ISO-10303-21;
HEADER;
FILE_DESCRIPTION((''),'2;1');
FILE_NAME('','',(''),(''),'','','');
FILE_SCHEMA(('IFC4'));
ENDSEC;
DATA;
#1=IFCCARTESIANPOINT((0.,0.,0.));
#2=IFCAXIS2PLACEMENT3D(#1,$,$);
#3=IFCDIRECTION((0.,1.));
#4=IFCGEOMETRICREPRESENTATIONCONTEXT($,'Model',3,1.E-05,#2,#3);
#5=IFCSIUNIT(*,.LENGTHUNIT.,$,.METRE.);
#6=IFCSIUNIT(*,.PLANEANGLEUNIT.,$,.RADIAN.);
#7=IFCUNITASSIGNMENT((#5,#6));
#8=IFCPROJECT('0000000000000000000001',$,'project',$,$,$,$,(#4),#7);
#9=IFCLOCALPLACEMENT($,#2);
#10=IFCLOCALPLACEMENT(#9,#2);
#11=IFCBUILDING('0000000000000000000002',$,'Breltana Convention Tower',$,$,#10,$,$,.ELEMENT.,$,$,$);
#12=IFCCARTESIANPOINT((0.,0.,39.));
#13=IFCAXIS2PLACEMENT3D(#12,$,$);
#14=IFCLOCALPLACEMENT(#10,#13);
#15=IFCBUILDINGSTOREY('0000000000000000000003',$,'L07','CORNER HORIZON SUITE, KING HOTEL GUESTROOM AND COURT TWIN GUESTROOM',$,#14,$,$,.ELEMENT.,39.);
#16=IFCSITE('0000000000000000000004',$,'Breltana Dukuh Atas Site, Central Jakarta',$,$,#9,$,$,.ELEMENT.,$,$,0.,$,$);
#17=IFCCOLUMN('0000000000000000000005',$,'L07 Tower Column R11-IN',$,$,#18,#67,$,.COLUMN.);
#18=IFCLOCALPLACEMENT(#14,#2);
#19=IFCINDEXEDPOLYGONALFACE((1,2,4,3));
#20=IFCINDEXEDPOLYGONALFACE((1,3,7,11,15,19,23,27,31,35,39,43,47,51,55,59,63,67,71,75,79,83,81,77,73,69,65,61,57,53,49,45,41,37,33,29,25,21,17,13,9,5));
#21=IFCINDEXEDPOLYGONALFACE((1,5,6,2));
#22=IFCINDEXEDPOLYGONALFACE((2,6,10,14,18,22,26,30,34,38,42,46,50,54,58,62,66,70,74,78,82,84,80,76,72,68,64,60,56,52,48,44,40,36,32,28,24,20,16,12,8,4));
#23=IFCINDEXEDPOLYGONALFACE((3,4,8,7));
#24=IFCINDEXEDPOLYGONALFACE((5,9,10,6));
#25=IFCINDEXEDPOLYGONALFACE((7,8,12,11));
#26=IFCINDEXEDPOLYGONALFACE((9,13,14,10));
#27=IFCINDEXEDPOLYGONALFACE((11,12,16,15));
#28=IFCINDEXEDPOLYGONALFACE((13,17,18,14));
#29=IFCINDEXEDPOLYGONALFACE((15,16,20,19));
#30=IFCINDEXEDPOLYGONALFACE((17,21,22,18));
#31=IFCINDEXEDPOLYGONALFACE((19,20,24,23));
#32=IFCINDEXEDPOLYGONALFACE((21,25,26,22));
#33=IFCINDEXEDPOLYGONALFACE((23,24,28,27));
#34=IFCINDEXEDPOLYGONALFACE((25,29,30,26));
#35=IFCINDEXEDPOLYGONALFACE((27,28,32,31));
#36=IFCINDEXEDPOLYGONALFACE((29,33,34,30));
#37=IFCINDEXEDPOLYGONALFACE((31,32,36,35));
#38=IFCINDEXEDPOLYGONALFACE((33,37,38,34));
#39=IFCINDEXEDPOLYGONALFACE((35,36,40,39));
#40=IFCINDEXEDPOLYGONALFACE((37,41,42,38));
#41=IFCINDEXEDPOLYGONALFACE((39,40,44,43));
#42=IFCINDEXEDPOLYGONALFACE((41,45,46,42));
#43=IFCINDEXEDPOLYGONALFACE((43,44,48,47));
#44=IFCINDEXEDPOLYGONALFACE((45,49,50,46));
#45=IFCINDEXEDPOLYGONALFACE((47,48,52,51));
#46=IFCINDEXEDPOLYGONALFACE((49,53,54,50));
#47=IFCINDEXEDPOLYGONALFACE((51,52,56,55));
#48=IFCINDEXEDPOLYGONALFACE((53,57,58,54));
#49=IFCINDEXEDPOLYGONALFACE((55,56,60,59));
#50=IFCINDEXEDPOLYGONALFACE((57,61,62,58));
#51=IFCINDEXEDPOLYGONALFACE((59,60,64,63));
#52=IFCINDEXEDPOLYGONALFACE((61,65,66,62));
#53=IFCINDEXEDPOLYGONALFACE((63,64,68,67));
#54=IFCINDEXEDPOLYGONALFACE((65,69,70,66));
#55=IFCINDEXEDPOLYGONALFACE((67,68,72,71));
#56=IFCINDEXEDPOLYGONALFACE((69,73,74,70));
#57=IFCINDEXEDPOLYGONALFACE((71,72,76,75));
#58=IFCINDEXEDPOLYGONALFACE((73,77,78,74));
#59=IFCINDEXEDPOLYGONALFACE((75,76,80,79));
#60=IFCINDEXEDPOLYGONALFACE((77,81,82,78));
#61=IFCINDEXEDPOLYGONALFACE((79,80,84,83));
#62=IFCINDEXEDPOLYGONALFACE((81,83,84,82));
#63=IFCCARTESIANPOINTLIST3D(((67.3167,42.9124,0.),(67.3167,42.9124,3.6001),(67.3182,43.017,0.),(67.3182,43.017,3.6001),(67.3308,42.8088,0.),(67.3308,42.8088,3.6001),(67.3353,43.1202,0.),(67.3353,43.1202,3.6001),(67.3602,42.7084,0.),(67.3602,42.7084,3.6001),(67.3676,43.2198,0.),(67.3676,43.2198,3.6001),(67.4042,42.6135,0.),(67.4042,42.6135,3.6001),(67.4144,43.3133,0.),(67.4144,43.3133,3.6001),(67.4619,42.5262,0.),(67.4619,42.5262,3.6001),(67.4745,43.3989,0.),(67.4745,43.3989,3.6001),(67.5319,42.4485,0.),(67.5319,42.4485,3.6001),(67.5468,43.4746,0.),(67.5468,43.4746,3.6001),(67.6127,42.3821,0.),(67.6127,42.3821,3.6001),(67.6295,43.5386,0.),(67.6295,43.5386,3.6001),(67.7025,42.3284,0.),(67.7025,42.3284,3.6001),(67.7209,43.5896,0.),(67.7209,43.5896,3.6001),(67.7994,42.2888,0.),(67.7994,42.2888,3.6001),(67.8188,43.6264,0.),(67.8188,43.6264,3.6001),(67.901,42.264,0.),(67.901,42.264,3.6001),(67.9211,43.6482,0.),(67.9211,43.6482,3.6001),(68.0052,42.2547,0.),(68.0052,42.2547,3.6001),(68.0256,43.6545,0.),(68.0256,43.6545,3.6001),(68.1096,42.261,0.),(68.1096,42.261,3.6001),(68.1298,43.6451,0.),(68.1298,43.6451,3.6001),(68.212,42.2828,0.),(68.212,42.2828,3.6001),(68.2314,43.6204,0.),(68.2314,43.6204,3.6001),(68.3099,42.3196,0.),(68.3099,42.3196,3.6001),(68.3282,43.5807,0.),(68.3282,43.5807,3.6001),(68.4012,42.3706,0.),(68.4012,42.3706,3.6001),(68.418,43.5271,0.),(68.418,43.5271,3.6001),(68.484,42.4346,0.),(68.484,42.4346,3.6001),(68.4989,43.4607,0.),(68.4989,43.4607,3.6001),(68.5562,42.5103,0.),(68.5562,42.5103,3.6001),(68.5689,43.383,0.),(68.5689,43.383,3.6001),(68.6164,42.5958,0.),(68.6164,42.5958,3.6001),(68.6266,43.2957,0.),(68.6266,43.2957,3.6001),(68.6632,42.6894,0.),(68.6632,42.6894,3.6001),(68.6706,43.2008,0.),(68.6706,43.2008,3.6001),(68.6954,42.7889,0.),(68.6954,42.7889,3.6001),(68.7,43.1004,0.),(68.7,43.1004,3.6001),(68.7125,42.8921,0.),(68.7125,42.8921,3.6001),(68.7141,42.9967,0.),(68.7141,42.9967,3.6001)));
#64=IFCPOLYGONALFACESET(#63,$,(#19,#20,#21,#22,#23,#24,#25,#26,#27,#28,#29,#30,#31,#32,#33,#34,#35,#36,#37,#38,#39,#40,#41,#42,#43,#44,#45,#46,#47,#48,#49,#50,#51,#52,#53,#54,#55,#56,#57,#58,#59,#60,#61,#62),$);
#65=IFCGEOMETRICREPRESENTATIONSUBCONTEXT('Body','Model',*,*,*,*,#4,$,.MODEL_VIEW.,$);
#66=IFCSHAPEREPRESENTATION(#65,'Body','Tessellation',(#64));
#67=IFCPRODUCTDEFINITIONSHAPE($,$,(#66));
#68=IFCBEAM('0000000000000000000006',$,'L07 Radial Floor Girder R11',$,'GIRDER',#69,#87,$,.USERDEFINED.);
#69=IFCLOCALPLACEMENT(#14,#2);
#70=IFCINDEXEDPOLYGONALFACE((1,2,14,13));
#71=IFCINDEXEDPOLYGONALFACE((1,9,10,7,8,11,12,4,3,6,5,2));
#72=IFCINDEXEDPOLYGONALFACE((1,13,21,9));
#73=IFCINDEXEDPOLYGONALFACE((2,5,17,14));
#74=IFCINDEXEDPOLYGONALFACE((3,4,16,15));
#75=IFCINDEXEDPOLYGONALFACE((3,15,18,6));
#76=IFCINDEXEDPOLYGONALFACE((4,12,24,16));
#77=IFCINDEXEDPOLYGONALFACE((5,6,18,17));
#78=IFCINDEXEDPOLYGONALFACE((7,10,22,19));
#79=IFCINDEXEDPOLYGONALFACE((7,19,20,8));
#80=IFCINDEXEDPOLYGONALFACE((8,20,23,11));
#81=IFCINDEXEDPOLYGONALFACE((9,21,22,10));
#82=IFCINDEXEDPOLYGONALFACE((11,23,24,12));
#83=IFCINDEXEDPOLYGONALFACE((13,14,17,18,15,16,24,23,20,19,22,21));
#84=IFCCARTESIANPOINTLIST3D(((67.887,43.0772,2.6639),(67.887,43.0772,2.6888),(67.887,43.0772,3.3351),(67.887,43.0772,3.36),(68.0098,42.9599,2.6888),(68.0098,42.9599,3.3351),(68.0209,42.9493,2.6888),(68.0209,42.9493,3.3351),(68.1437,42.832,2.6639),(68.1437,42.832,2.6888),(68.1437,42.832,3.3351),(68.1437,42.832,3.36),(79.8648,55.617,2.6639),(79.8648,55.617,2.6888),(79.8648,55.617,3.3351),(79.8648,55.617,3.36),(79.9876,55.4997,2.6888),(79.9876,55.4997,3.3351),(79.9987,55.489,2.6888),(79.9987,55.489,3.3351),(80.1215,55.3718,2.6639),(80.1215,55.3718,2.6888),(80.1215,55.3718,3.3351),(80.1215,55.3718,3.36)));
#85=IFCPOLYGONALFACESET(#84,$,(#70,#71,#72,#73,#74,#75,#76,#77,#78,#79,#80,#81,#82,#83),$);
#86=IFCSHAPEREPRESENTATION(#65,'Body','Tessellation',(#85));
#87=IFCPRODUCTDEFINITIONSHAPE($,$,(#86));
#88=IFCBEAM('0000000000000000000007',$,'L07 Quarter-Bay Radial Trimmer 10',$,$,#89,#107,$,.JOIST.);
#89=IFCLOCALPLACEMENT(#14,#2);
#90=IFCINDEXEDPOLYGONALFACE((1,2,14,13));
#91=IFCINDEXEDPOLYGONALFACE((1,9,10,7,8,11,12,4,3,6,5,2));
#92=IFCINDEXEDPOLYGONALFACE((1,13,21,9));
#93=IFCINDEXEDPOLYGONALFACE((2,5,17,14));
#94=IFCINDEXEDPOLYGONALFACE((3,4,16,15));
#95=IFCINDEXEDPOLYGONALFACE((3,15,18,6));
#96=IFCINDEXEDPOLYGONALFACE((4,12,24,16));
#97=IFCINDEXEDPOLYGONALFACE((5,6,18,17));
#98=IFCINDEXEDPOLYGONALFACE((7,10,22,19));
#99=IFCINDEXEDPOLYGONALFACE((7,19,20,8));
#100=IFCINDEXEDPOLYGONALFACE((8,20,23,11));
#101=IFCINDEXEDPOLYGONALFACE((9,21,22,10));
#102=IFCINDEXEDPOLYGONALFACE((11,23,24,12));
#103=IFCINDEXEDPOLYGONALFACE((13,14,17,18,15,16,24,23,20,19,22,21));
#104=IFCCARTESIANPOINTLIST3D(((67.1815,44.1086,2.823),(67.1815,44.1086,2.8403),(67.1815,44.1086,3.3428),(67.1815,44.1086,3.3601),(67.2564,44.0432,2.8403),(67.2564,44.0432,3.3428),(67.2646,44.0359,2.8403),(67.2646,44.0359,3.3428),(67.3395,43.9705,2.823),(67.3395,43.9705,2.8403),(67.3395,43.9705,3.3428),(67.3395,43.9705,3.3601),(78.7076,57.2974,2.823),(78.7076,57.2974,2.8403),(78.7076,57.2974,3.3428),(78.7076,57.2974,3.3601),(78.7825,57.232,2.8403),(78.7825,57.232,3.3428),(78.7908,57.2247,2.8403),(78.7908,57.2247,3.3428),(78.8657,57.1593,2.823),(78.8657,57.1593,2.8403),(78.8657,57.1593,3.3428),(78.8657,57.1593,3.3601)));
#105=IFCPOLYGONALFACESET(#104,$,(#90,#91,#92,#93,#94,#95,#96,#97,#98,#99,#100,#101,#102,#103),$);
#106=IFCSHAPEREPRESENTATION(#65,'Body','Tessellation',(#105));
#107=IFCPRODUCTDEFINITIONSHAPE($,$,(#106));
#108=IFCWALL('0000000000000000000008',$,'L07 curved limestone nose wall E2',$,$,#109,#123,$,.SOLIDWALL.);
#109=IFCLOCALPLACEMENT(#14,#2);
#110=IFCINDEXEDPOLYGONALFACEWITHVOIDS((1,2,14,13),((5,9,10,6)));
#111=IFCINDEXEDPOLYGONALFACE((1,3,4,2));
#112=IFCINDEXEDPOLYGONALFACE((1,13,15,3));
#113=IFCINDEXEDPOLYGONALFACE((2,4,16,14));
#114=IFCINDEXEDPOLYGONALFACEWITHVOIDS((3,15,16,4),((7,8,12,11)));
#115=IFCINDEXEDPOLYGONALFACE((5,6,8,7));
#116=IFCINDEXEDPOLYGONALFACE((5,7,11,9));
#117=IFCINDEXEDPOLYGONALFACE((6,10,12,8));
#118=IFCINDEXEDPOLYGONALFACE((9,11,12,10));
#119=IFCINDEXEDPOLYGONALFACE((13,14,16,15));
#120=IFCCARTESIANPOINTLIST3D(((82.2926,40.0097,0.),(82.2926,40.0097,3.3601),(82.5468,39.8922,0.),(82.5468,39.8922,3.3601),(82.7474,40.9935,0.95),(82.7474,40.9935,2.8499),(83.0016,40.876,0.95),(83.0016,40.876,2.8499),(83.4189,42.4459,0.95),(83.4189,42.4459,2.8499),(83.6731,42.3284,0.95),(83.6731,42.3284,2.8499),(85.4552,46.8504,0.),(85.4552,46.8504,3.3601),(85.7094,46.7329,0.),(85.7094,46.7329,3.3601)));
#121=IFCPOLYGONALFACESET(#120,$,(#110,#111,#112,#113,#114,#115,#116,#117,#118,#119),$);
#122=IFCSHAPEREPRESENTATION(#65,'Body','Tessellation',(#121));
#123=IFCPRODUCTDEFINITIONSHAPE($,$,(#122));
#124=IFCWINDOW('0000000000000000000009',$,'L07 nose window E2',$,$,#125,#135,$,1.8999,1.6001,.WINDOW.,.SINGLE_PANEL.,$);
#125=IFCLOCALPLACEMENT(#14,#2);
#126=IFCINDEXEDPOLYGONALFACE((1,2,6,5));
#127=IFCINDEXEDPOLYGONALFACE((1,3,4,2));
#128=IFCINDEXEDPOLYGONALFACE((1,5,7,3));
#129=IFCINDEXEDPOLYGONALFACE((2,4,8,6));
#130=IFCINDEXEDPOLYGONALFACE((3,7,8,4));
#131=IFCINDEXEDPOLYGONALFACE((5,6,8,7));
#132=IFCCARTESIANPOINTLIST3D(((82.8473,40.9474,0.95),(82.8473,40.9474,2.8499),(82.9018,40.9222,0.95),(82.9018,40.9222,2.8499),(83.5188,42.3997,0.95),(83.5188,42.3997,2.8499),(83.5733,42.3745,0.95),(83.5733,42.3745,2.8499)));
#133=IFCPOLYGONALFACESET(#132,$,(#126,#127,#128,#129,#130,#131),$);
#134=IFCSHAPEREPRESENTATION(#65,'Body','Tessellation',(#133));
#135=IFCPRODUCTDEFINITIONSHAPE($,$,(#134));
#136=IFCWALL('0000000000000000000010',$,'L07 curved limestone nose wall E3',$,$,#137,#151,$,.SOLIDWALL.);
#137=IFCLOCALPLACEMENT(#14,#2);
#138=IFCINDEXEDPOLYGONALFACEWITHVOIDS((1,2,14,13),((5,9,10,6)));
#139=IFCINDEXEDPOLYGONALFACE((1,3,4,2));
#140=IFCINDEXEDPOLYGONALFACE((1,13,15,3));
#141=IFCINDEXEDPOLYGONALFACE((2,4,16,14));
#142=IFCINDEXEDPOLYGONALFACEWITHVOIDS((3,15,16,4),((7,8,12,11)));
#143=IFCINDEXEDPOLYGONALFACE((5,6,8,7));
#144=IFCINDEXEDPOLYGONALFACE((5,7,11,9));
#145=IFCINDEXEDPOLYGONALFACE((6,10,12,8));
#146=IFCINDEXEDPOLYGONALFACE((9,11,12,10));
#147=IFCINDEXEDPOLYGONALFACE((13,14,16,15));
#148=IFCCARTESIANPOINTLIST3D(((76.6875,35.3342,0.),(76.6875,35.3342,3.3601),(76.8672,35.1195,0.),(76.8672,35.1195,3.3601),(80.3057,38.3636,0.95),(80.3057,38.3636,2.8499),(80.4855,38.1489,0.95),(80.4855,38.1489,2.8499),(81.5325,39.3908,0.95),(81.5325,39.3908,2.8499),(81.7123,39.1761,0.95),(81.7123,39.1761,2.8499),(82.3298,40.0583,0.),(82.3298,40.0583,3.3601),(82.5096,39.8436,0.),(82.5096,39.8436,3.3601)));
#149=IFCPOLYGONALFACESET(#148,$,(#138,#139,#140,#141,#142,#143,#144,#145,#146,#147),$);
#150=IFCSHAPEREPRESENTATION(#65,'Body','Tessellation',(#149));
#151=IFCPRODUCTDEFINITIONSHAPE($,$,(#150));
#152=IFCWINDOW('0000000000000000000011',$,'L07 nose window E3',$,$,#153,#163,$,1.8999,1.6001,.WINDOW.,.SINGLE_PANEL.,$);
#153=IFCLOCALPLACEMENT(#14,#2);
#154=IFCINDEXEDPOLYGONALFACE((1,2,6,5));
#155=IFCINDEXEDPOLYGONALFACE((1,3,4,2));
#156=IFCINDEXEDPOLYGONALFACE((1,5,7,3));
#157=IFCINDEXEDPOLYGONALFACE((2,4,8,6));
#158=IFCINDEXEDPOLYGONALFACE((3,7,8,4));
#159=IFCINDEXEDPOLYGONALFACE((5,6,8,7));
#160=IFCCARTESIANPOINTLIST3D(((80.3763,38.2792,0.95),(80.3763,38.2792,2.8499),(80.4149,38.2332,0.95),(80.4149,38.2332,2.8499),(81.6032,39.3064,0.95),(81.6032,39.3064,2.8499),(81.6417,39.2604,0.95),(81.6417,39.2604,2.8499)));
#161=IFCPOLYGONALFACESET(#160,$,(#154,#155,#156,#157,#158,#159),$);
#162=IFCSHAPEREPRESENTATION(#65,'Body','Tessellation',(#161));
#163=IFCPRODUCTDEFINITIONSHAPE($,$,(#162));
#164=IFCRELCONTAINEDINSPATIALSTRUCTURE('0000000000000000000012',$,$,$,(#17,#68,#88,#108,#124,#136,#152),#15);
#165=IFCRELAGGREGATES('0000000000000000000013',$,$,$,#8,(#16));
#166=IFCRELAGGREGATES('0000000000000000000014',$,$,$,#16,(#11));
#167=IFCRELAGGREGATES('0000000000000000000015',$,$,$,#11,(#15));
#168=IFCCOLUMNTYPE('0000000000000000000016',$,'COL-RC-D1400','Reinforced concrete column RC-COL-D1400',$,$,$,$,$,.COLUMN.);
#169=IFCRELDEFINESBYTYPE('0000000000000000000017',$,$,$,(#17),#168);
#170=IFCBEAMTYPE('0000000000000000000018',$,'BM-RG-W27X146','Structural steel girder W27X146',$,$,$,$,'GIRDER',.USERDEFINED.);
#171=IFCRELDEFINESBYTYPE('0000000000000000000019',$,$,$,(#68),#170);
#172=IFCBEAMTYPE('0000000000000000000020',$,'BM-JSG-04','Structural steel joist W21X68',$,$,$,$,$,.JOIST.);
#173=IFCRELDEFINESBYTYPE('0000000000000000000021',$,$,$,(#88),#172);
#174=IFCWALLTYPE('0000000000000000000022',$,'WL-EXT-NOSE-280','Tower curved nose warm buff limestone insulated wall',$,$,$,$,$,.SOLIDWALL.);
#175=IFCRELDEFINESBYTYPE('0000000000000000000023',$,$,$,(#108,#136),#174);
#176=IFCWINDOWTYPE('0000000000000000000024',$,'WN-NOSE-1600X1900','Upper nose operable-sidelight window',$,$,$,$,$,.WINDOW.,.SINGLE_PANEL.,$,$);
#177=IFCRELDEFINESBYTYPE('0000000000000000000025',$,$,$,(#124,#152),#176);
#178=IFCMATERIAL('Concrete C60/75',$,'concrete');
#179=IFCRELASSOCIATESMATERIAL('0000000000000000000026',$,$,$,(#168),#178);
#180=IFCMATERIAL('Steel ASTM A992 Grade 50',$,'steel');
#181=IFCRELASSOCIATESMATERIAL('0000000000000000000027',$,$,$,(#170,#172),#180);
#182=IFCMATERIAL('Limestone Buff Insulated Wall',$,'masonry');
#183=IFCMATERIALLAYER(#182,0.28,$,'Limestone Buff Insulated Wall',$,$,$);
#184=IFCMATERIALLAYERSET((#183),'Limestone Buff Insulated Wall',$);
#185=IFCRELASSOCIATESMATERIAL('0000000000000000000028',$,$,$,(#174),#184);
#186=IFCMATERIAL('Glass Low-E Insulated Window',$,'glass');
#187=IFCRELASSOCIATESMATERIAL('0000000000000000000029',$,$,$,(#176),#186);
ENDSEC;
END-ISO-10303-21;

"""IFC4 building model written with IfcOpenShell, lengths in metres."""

from ifc_helpers import new_model, si_unit, direction, frame, frame_2d, origin, origin_2d, place, context, subcontext, project, spatial, rectangle, circle, i_section, extrude, source, transform, mapped, material, layer, layer_set, material_profile, profile_set, type_object, type_shapes, element, fill, save


model = new_model("IFC4")

# Units and contexts
model_context = context("Model", 3, precision=1e-05, world=origin(), true_north=direction((0.0, 1.0)))
body_context = subcontext(model_context, "Body", "Model", "MODEL_VIEW")
ifc_project = project(units=[si_unit("LENGTHUNIT", "METRE"), si_unit("PLANEANGLEUNIT", "RADIAN")], contexts=[model_context])

# Site, building, storey
site_placement = place(None, origin())
site = spatial("IfcSite", under=ifc_project, at=site_placement, Name="Breltana Dukuh Atas Site, Central Jakarta", CompositionType="ELEMENT", RefElevation=0.0)
building_placement = place(site_placement, origin())
building = spatial("IfcBuilding", under=site, at=building_placement, Name="Breltana Convention Tower", CompositionType="ELEMENT")
storey_placement = place(building_placement, frame((0.0, 0.0, 39.0)))
storey = spatial("IfcBuildingStorey", under=building, at=storey_placement, Name="L07", Description="CORNER HORIZON SUITE, KING HOTEL GUESTROOM AND COURT TWIN GUESTROOM", CompositionType="ELEMENT", Elevation=39.0)

# Column
ifc_material_1 = material(Name="Concrete C60/75", Category="concrete")
ifc_material_profile_1 = material_profile(ifc_material_1, circle(Radius=0.7, at=origin_2d()), Name="RC-COL-D1400")
ifc_profile_set_1 = profile_set([ifc_material_profile_1], Name="Concrete C60/75")
column_type = type_object("IfcColumnType", Name="COL-RC-D1400", Description="Reinforced concrete column RC-COL-D1400", PredefinedType="COLUMN", material=ifc_profile_set_1)
shared_shape_1 = source(origin(), body_context, "Body", "SweptSolid", [
    extrude(circle(Radius=0.7, at=origin_2d()), origin(), (0.0, 0.0, 1.0), 3.6001),
])
column_placement = place(storey_placement, frame((68.0154, 42.9546, 0.0), z_axis=(0.0, 0.0, 1.0), x_axis=(0.690756, 0.723088, 0.0)))
element("IfcColumn", 1, at=column_placement, inside=storey, type_object=column_type, Name="L07 Tower Column R11-IN", PredefinedType="COLUMN", context=body_context, shape_type="MappedRepresentation", body=[
    mapped(shared_shape_1, transform((0.0, 0.0, 0.0), scale=1.0)),
])

# Beams
ifc_material_2 = material(Name="Steel ASTM A992 Grade 50", Category="steel")
ifc_material_profile_2 = material_profile(ifc_material_2, i_section(OverallWidth=0.355, OverallDepth=0.696, WebThickness=0.0154, FlangeThickness=0.0249, at=origin_2d()), Name="W27X146")
ifc_profile_set_2 = profile_set([ifc_material_profile_2], Name="Steel ASTM A992 Grade 50")
beam_type_1 = type_object("IfcBeamType", Name="BM-RG-W27X146", Description="Structural steel girder W27X146", ElementType="GIRDER", PredefinedType="USERDEFINED", material=ifc_profile_set_2)
shared_shape_2 = source(origin(), body_context, "Body", "SweptSolid", [
    extrude(i_section(OverallWidth=0.355, OverallDepth=0.696, WebThickness=0.0154, FlangeThickness=0.0249, at=origin_2d()), origin(), (0.0, 0.0, 1.0), 17.3411),
])
type_shapes(beam_type_1, [shared_shape_2])
beam_1_placement = place(storey_placement, frame((68.0154, 42.9546, 3.012), z_axis=(0.690716, 0.723126, 0.0), x_axis=(-0.723126, 0.690716, 0.0)))
element("IfcBeam", 2, at=beam_1_placement, inside=storey, type_object=beam_type_1, Name="L07 Radial Floor Girder R11", ObjectType="GIRDER", PredefinedType="USERDEFINED", context=body_context, shape_type="MappedRepresentation", body=[
    mapped(shared_shape_2, transform((0.0, 0.0, 0.0), scale=1.0)),
])
ifc_material_profile_3 = material_profile(ifc_material_2, i_section(OverallWidth=0.21, OverallDepth=0.5371, WebThickness=0.011, FlangeThickness=0.0173, at=origin_2d()), Name="W21X68")
ifc_profile_set_3 = profile_set([ifc_material_profile_3], Name="Steel ASTM A992 Grade 50")
beam_type_2 = type_object("IfcBeamType", Name="BM-JSG-04", Description="Structural steel joist W21X68", PredefinedType="JOIST", material=ifc_profile_set_3)
shared_shape_3 = source(origin(), body_context, "Body", "SweptSolid", [
    extrude(i_section(OverallWidth=0.21, OverallDepth=0.5371, WebThickness=0.011, FlangeThickness=0.0173, at=origin_2d()), origin(), (0.0, 0.0, 1.0), 17.5156),
])
beam_2_placement = place(storey_placement, frame((67.2605, 44.0396, 3.0916), z_axis=(0.658052, 0.752973, 0.0), x_axis=(-0.752973, 0.658052, 0.0)))
element("IfcBeam", 3, at=beam_2_placement, inside=storey, type_object=beam_type_2, Name="L07 Quarter-Bay Radial Trimmer 10", PredefinedType="JOIST", context=body_context, shape_type="MappedRepresentation", body=[
    mapped(shared_shape_3, transform((0.0, 0.0, 0.0), scale=1.0)),
])

# Walls, openings, windows
ifc_material_3 = material(Name="Limestone Buff Insulated Wall", Category="masonry")
ifc_layer_1 = layer(ifc_material_3, 0.28, Name="Limestone Buff Insulated Wall")
ifc_layer_set_1 = layer_set([ifc_layer_1], Name="Limestone Buff Insulated Wall")
wall_type_1 = type_object("IfcWallType", Name="WL-EXT-NOSE-280", Description="Tower curved nose warm buff limestone insulated wall", PredefinedType="SOLIDWALL", material=ifc_layer_set_1)
shared_shape_4 = source(origin(), body_context, "Body", "SweptSolid", [
    extrude(rectangle(XDim=7.5364, YDim=0.28, at=frame_2d((3.7681, 0.0))), origin(), (0.0, 0.0, 1.0), 3.3601),
])
wall_1_placement = place(storey_placement, frame((85.5823, 46.7915, 0.0), z_axis=(0.0, 0.0, 1.0), x_axis=(-0.41965, -0.907686, 0.0)))
wall_1 = element("IfcWall", 4, at=wall_1_placement, inside=storey, type_object=wall_type_1, Name="L07 curved limestone nose wall E2", PredefinedType="SOLIDWALL", context=body_context, shape_type="MappedRepresentation", body=[
    mapped(shared_shape_4, transform((0.0, 0.0, 0.0), scale=1.0)),
])
opening_1_placement = place(wall_1_placement, frame((4.8523, 0.0, 0.95)))
opening_1 = element("IfcOpeningElement", 5, at=opening_1_placement, cuts=wall_1, PredefinedType="OPENING", context=body_context, shape_type="SweptSolid", body=[
    extrude(rectangle(XDim=1.6001, YDim=1.8999, at=frame_2d((0.8, 0.95))), frame((0.0, 0.1499, 0.0), z_axis=(0.0, -1.0, 0.0), x_axis=(1.0, 0.0, 0.0)), (0.0, 0.0, 1.0), 0.3),
])
ifc_material_4 = material(Name="Glass Low-E Insulated Window", Category="glass")
window_type = type_object("IfcWindowType", Name="WN-NOSE-1600X1900", Description="Upper nose operable-sidelight window", PartitioningType="SINGLE_PANEL", PredefinedType="WINDOW", material=ifc_material_4)
shared_shape_5 = source(origin(), body_context, "Body", "SweptSolid", [
    extrude(rectangle(XDim=1.6001, YDim=1.8999, at=frame_2d((0.8, 0.95))), frame((0.0, 0.03, 0.0), z_axis=(0.0, -1.0, 0.0), x_axis=(1.0, 0.0, 0.0)), (0.0, 0.0, 1.0), 0.0601),
])
type_shapes(window_type, [shared_shape_5])
window_1_placement = place(opening_1_placement, origin())
window_1 = element("IfcWindow", 6, at=window_1_placement, inside=storey, type_object=window_type, Name="L07 nose window E2", OverallHeight=1.8999, OverallWidth=1.6001, PartitioningType="SINGLE_PANEL", PredefinedType="WINDOW", context=body_context, shape_type="MappedRepresentation", body=[
    mapped(shared_shape_5, transform((0.0, 0.0, 0.0), scale=1.0)),
])
fill(opening_1, window_1)
shared_shape_6 = source(origin(), body_context, "Body", "SweptSolid", [
    extrude(rectangle(XDim=7.3589, YDim=0.28, at=frame_2d((3.6794, 0.0))), origin(), (0.0, 0.0, 1.0), 3.3601),
])
wall_2_placement = place(storey_placement, frame((82.4197, 39.9509, 0.0), z_axis=(0.0, 0.0, 1.0), x_axis=(-0.766737, -0.641961, 0.0)))
wall_2 = element("IfcWall", 7, at=wall_2_placement, inside=storey, type_object=wall_type_1, Name="L07 curved limestone nose wall E3", PredefinedType="SOLIDWALL", context=body_context, shape_type="MappedRepresentation", body=[
    mapped(shared_shape_6, transform((0.0, 0.0, 0.0), scale=1.0)),
])
opening_2_placement = place(wall_2_placement, frame((1.0398, 0.0, 0.95)))
opening_2 = element("IfcOpeningElement", 8, at=opening_2_placement, cuts=wall_2, PredefinedType="OPENING", context=body_context, shape_type="SweptSolid", body=[
    extrude(rectangle(XDim=1.6001, YDim=1.8999, at=frame_2d((0.8, 0.95))), frame((0.0, 0.1499, 0.0), z_axis=(0.0, -1.0, 0.0), x_axis=(1.0, 0.0, 0.0)), (0.0, 0.0, 1.0), 0.3),
])
window_2_placement = place(opening_2_placement, origin())
window_2 = element("IfcWindow", 9, at=window_2_placement, inside=storey, type_object=window_type, Name="L07 nose window E3", OverallHeight=1.8999, OverallWidth=1.6001, PartitioningType="SINGLE_PANEL", PredefinedType="WINDOW", context=body_context, shape_type="MappedRepresentation", body=[
    mapped(shared_shape_5, transform((0.0, 0.0, 0.0), scale=1.0)),
])
fill(opening_2, window_2)

save(model, "model.ifc")
